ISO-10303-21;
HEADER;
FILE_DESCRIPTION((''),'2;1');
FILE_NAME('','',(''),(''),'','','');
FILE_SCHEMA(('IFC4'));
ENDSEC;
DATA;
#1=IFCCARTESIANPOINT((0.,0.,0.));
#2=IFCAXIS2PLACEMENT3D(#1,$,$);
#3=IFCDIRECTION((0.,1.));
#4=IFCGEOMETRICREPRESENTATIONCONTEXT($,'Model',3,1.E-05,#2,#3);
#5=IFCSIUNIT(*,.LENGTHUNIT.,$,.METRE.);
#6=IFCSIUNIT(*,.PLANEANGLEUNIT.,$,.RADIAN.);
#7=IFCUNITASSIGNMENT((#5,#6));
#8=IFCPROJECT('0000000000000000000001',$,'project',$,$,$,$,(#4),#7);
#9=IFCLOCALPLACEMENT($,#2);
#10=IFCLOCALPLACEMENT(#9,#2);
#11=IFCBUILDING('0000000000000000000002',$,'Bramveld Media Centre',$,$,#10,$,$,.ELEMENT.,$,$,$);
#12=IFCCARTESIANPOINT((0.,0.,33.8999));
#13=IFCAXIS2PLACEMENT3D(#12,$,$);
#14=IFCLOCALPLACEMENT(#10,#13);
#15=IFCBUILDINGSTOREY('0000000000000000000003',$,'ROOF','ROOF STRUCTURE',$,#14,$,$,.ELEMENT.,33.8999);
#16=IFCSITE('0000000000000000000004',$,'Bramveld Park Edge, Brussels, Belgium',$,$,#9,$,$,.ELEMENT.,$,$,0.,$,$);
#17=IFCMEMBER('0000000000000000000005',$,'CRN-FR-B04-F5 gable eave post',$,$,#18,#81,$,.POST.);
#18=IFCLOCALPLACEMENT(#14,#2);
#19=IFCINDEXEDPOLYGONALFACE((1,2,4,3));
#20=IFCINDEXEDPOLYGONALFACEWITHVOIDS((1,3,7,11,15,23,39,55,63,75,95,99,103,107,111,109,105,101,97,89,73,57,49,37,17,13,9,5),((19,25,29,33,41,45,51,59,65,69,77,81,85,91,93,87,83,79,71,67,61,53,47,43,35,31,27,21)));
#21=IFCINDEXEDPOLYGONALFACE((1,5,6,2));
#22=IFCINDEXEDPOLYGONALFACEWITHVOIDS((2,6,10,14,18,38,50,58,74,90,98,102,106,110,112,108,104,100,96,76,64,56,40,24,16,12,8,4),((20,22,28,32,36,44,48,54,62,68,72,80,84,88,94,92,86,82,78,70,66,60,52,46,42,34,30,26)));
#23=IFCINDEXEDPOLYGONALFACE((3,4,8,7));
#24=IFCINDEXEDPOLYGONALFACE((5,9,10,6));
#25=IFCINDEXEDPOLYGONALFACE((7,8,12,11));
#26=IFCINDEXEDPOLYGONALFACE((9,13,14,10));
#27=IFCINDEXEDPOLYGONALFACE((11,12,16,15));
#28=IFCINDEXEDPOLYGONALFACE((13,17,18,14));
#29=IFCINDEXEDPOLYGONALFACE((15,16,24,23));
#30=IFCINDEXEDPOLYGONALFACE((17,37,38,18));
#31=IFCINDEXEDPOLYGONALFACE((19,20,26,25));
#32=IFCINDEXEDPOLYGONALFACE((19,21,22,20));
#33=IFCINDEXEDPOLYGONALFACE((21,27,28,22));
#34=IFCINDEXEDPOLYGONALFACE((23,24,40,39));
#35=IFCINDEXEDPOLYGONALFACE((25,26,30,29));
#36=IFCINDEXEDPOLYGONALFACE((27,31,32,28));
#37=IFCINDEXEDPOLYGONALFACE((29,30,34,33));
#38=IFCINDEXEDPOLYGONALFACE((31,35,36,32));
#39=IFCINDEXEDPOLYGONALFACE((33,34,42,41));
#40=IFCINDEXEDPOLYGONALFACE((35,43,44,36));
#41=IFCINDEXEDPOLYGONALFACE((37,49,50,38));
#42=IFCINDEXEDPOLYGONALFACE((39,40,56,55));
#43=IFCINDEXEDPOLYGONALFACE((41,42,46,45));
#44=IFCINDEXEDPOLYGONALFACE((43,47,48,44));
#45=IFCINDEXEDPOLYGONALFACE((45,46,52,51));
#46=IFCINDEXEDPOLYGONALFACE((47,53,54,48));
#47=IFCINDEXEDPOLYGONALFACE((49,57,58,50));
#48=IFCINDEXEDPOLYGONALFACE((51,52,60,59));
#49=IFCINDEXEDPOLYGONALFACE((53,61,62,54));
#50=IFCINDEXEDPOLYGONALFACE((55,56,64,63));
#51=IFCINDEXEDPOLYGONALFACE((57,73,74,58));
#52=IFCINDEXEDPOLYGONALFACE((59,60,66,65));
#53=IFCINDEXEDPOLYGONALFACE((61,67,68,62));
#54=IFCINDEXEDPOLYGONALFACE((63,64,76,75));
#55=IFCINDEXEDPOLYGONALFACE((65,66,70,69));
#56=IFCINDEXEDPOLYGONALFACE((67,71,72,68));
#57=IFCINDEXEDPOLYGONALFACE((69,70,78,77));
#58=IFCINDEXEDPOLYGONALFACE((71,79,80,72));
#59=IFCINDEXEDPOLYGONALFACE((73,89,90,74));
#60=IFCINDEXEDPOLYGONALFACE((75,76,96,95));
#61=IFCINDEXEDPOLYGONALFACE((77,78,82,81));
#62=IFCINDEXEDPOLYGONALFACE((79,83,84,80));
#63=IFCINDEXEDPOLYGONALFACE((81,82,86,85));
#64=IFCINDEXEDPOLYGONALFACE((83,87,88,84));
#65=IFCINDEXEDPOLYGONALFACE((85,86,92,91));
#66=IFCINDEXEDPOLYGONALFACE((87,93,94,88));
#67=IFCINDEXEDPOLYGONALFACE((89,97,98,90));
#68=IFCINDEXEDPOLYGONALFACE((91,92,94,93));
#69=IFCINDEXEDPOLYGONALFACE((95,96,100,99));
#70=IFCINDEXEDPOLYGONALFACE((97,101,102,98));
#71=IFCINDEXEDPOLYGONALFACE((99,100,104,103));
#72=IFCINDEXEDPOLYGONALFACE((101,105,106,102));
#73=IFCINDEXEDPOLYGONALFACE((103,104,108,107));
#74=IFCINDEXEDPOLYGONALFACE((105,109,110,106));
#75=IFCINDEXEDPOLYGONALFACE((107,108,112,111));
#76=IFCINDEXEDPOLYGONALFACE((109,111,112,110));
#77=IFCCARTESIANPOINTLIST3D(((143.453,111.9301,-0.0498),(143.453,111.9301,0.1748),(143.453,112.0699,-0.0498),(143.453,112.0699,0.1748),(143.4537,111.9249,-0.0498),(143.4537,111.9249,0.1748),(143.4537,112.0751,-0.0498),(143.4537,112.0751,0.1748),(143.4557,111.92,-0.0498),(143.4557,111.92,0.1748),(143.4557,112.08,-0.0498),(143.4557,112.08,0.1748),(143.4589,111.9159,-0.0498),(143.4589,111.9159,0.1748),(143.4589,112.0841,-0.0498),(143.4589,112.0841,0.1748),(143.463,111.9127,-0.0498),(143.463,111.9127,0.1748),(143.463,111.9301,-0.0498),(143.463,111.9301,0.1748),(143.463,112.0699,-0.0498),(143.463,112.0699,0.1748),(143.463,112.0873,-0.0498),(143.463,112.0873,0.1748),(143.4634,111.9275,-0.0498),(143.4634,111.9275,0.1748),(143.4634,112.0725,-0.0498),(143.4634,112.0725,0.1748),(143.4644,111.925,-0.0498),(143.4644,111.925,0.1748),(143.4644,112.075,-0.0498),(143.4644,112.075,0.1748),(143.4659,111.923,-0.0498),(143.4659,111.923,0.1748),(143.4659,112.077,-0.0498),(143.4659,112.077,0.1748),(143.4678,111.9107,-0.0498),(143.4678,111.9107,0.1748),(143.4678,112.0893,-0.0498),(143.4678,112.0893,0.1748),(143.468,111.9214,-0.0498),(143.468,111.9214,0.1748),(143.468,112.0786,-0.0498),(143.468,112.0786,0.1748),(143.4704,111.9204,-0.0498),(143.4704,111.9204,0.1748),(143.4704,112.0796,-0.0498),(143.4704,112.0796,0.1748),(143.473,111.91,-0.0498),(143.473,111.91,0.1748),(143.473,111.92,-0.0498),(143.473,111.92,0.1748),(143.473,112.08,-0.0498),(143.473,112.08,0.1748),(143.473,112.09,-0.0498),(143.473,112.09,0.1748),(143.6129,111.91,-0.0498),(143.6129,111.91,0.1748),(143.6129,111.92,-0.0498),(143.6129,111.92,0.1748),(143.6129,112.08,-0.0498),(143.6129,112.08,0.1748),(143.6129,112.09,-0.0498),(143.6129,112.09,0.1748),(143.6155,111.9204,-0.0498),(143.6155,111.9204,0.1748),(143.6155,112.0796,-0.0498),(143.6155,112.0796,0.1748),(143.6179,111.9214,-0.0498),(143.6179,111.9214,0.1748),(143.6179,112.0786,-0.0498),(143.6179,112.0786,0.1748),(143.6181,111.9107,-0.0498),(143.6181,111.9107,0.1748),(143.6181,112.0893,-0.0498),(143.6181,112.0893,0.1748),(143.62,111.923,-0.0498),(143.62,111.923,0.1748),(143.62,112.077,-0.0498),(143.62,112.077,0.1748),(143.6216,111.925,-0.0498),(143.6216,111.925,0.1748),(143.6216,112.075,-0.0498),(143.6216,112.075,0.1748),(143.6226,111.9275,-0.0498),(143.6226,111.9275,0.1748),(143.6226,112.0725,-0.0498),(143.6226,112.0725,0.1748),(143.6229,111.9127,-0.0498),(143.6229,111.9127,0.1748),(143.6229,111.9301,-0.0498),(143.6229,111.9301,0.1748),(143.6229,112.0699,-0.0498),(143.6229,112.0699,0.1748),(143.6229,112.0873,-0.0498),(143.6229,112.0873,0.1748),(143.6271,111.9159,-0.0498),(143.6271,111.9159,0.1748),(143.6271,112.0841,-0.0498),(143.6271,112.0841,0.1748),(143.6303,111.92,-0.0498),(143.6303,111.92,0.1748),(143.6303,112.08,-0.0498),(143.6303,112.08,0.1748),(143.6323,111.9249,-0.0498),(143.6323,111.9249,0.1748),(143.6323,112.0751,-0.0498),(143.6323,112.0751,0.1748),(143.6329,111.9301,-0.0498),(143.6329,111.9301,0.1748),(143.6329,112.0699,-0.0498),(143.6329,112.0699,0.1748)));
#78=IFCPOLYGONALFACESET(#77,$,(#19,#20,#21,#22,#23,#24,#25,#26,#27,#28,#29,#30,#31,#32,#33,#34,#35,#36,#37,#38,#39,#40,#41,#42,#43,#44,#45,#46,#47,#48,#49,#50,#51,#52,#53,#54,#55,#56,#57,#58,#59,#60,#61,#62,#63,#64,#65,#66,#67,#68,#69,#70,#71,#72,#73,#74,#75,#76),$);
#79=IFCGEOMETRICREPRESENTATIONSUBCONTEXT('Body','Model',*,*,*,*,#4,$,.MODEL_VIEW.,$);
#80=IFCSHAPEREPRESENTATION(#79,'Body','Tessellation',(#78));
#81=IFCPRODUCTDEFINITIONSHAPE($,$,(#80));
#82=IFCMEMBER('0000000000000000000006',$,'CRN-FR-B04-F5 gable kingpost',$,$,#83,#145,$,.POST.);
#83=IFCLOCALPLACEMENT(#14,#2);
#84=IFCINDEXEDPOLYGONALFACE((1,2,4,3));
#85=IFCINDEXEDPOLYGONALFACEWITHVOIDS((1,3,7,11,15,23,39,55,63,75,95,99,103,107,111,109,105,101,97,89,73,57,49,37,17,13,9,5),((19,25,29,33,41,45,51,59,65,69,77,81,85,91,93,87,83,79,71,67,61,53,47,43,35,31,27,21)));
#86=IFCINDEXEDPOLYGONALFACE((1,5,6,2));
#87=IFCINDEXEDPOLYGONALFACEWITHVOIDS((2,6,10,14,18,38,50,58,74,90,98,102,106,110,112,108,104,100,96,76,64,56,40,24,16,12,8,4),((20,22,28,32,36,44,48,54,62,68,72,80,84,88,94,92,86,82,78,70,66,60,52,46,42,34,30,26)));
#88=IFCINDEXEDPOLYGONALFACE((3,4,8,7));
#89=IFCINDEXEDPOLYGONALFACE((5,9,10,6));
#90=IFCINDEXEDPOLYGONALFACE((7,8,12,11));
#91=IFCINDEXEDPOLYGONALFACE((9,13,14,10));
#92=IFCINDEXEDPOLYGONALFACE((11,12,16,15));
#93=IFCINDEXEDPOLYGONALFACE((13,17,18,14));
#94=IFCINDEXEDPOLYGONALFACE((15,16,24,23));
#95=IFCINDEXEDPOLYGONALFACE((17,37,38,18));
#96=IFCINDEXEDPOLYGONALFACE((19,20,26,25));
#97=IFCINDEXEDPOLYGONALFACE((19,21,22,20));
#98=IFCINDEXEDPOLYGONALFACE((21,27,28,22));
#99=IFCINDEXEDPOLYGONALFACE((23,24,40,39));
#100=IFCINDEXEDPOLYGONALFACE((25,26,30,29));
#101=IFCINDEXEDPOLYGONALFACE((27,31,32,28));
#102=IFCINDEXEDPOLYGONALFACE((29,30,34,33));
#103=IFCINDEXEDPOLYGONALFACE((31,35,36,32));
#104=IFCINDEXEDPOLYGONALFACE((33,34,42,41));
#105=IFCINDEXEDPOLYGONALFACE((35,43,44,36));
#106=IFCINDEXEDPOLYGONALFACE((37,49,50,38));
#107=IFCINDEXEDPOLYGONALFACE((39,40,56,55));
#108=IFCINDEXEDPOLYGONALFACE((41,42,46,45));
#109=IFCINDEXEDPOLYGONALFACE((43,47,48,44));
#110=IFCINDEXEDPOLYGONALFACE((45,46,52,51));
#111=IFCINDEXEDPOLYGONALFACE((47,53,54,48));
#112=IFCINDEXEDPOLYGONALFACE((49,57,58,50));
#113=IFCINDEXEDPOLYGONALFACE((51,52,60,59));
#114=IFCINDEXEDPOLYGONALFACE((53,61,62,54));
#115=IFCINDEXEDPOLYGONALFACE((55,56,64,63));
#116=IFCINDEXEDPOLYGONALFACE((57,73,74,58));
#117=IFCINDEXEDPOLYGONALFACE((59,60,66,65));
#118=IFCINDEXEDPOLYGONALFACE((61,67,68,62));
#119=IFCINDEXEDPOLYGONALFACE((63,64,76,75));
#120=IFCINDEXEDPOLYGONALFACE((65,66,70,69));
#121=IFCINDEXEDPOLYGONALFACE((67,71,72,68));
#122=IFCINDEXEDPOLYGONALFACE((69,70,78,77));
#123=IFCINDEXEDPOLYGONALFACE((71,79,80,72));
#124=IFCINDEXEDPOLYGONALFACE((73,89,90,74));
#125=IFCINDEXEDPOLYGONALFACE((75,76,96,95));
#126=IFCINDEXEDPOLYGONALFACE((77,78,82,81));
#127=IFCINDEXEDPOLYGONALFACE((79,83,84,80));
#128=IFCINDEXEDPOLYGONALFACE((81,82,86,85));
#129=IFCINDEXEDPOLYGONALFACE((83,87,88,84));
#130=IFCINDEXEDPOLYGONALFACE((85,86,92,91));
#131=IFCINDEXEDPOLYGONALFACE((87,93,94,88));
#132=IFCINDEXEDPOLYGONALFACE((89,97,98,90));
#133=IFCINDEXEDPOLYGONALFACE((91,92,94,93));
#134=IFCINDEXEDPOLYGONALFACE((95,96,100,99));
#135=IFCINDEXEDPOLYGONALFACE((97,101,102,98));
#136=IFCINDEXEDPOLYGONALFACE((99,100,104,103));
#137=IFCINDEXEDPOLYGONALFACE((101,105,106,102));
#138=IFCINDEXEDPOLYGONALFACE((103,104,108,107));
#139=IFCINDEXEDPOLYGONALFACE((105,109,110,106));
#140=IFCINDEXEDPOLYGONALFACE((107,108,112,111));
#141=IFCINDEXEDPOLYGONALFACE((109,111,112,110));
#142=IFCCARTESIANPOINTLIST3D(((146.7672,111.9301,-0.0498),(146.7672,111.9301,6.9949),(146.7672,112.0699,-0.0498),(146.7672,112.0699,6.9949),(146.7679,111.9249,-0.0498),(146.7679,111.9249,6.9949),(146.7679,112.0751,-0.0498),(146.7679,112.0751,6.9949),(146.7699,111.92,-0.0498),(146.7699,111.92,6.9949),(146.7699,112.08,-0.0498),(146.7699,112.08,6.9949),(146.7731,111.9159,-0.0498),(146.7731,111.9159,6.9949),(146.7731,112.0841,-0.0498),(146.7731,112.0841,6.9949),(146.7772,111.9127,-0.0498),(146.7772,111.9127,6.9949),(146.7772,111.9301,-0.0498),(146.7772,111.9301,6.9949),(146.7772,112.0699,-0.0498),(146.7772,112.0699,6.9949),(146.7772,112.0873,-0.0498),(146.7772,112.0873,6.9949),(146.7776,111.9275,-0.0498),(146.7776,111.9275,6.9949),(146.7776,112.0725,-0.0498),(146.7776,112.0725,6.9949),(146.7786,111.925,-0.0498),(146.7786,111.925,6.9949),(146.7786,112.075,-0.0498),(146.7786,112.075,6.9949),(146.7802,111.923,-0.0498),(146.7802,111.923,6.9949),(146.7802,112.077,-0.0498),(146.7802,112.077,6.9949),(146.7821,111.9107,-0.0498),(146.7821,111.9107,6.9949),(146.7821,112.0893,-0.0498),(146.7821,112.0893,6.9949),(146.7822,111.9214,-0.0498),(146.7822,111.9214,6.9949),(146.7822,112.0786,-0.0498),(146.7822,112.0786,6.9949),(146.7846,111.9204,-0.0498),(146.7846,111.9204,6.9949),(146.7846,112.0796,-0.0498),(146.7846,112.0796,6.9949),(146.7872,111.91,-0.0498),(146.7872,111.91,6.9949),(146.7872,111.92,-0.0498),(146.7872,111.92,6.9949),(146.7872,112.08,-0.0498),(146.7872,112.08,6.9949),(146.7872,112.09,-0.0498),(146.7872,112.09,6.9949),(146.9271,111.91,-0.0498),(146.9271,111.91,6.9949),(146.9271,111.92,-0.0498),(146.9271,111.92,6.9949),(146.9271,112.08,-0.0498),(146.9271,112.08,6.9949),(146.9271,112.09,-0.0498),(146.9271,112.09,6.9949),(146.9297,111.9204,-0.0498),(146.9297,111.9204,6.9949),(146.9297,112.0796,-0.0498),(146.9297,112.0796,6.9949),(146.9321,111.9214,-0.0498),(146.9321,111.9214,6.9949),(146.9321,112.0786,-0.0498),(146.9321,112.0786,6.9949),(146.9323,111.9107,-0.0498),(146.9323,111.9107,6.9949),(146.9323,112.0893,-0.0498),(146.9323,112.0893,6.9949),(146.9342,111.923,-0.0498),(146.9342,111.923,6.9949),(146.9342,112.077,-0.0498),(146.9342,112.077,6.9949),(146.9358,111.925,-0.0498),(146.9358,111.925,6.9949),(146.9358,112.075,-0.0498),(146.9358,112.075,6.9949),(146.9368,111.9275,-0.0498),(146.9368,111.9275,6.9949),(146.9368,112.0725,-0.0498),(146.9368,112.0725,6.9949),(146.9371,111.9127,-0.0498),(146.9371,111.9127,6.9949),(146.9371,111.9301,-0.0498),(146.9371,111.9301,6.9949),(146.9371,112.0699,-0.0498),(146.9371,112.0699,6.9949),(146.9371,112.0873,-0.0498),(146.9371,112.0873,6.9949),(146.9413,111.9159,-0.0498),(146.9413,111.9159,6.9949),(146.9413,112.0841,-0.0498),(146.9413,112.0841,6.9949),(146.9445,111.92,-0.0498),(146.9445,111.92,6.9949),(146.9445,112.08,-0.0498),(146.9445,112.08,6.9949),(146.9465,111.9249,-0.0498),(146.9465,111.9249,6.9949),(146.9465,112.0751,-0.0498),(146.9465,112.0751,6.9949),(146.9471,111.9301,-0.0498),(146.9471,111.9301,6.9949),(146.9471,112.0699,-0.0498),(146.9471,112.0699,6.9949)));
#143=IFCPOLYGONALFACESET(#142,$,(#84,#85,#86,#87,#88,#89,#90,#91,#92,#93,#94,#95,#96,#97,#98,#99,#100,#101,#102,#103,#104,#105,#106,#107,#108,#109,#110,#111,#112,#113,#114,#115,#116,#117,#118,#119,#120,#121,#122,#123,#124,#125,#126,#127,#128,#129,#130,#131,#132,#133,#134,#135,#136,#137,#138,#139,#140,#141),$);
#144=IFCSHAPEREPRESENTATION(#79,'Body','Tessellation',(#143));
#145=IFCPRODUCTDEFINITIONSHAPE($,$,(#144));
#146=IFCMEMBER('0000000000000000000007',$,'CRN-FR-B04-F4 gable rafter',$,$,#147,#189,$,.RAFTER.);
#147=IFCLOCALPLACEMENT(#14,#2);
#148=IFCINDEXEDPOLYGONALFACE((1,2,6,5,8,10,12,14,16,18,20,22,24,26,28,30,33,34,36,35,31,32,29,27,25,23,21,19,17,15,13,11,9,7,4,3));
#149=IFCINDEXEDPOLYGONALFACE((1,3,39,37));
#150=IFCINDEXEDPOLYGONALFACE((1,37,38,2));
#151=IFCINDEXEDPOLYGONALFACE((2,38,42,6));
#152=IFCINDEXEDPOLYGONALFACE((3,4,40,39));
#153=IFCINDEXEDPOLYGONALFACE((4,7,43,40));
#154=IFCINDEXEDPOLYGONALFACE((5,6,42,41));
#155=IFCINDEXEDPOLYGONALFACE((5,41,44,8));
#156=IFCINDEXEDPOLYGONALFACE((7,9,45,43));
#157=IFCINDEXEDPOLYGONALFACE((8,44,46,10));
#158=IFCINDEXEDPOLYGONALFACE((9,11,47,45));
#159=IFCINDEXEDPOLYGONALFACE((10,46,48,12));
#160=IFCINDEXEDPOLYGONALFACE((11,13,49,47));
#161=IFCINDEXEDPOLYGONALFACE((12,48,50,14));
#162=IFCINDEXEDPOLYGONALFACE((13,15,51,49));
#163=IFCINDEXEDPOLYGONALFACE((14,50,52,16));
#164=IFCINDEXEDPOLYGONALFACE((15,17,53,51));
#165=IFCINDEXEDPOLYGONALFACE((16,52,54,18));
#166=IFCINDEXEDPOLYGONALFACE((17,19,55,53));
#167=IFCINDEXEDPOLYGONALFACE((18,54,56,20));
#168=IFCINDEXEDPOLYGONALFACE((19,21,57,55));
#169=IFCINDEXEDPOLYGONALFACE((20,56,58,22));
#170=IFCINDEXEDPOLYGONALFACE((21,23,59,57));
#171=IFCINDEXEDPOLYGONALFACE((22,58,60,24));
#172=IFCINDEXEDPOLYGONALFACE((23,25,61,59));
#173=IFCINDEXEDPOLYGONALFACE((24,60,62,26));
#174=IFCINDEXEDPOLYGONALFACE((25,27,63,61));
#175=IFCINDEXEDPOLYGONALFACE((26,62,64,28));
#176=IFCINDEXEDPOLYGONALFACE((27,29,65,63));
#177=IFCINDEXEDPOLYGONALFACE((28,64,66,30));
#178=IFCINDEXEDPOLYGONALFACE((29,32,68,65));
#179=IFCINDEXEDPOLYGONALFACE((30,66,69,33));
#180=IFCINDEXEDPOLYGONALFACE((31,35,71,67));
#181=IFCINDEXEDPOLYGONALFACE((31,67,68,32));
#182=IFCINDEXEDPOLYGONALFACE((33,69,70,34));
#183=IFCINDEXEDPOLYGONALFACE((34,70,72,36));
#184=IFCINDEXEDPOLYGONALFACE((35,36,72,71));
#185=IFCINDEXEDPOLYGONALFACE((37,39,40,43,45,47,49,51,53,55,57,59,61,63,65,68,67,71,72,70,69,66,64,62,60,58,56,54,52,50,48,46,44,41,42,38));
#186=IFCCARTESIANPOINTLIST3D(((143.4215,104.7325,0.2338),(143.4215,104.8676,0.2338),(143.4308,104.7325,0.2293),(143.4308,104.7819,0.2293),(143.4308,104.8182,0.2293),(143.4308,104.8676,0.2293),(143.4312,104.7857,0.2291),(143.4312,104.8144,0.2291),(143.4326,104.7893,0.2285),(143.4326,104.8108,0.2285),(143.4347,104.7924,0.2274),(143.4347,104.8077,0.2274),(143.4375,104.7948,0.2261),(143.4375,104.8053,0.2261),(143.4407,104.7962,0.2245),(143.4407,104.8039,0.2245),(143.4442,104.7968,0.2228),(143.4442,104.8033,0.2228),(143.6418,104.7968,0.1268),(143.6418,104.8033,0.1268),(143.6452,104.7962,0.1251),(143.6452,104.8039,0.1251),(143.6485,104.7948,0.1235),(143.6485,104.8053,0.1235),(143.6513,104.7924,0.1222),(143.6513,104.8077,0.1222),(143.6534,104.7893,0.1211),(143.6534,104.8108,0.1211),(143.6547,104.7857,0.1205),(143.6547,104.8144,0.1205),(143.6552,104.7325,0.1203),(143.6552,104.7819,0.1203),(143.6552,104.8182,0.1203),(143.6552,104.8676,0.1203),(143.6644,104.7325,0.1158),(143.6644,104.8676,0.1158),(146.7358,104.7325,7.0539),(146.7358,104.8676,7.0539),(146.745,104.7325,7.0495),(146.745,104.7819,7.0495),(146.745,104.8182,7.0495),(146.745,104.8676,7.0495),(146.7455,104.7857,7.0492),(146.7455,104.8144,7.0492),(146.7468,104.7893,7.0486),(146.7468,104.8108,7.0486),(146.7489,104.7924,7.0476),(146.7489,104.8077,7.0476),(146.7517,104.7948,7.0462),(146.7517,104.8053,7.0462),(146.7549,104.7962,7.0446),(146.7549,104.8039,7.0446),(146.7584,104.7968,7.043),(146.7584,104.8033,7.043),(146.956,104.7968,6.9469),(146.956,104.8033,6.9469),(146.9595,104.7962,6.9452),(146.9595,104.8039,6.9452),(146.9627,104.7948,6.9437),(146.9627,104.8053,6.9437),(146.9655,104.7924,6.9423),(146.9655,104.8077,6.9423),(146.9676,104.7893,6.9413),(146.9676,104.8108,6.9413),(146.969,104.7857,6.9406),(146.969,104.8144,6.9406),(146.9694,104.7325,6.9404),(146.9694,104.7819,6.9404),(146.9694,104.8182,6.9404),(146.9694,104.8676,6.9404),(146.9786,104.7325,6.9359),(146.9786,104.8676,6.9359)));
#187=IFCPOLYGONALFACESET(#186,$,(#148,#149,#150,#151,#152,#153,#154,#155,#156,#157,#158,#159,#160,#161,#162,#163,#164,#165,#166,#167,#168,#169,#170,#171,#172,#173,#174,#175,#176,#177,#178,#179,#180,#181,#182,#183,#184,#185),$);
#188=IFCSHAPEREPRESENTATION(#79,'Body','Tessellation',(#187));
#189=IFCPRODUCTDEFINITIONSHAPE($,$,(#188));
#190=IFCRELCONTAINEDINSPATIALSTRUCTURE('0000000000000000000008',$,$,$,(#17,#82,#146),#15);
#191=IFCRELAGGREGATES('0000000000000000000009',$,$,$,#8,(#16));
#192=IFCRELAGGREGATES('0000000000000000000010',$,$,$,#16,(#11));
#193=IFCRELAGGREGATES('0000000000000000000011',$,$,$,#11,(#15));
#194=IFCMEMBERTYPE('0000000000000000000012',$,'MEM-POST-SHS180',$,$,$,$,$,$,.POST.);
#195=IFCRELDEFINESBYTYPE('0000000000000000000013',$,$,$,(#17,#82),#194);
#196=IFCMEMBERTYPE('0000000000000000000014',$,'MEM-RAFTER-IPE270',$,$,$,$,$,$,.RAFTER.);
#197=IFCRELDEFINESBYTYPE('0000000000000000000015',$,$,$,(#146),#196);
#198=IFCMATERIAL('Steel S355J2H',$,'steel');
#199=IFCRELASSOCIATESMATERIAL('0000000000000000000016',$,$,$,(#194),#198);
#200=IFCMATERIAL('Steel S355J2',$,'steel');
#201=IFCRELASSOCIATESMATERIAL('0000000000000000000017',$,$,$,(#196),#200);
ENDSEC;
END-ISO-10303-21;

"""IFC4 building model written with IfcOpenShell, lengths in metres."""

from ifc_helpers import new_model, si_unit, direction, frame, origin, origin_2d, place, context, subcontext, project, spatial, hollow_rectangle, i_section, extrude, material, material_profile, profile_set, type_object, element, save


model = new_model("IFC4")

# Units and contexts
model_context = context("Model", 3, precision=1e-05, world=origin(), true_north=direction((0.0, 1.0)))
body_context = subcontext(model_context, "Body", "Model", "MODEL_VIEW")
ifc_project = project(units=[si_unit("LENGTHUNIT", "METRE"), si_unit("PLANEANGLEUNIT", "RADIAN")], contexts=[model_context])

# Site, building, storey
site_placement = place(None, origin())
site = spatial("IfcSite", under=ifc_project, at=site_placement, Name="Bramveld Park Edge, Brussels, Belgium", CompositionType="ELEMENT", RefElevation=0.0)
building_placement = place(site_placement, origin())
building = spatial("IfcBuilding", under=site, at=building_placement, Name="Bramveld Media Centre", CompositionType="ELEMENT")
storey_placement = place(building_placement, frame((0.0, 0.0, 33.8999)))
storey = spatial("IfcBuildingStorey", under=building, at=storey_placement, Name="ROOF", Description="ROOF STRUCTURE", CompositionType="ELEMENT", Elevation=33.8999)

# Members
ifc_material_1 = material(Name="Steel S355J2H", Category="steel")
ifc_material_profile_1 = material_profile(ifc_material_1, hollow_rectangle(XDim=0.1799, YDim=0.1799, WallThickness=0.01, InnerFilletRadius=0.01, OuterFilletRadius=0.02, at=origin_2d()), Name="SHS 180x180x10")
ifc_profile_set_1 = profile_set([ifc_material_profile_1], Name="Steel S355J2H")
member_type_1 = type_object("IfcMemberType", Name="MEM-POST-SHS180", PredefinedType="POST", material=ifc_profile_set_1)
member_1_placement = place(storey_placement, frame((143.543, 112.0, -0.0498), z_axis=(0.0, 0.0, 1.0), x_axis=(1.0, 0.0, 0.0)))
element("IfcMember", 1, at=member_1_placement, inside=storey, type_object=member_type_1, Name="CRN-FR-B04-F5 gable eave post", PredefinedType="POST", context=body_context, shape_type="SweptSolid", body=[
    extrude(hollow_rectangle(XDim=0.1799, YDim=0.1799, WallThickness=0.01, InnerFilletRadius=0.01, OuterFilletRadius=0.02, at=origin_2d()), origin(), (0.0, 0.0, 1.0), 0.2246),
])
member_2_placement = place(storey_placement, frame((146.8572, 112.0, -0.0498), z_axis=(0.0, 0.0, 1.0), x_axis=(1.0, 0.0, 0.0)))
element("IfcMember", 2, at=member_2_placement, inside=storey, type_object=member_type_1, Name="CRN-FR-B04-F5 gable kingpost", PredefinedType="POST", context=body_context, shape_type="SweptSolid", body=[
    extrude(hollow_rectangle(XDim=0.1799, YDim=0.1799, WallThickness=0.01, InnerFilletRadius=0.01, OuterFilletRadius=0.02, at=origin_2d()), origin(), (0.0, 0.0, 1.0), 7.0447),
])
ifc_material_2 = material(Name="Steel S355J2", Category="steel")
ifc_material_profile_2 = material_profile(ifc_material_2, i_section(OverallWidth=0.135, OverallDepth=0.27, WebThickness=0.0066, FlangeThickness=0.0103, FilletRadius=0.0149, at=origin_2d()), Name="IPE 270")
ifc_profile_set_2 = profile_set([ifc_material_profile_2], Name="Steel S355J2")
member_type_2 = type_object("IfcMemberType", Name="MEM-RAFTER-IPE270", PredefinedType="RAFTER", material=ifc_profile_set_2)
for number, where, z_axis, x_axis, name in (
    (3, (143.543, 104.8, 0.1748), (0.437075, 0.0, 0.899425), (0.0, 1.0, 0.0), "CRN-FR-B04-F4 gable rafter"),
):
    element("IfcMember", number, at=place(storey_placement, frame(where, z_axis=z_axis, x_axis=x_axis)), inside=storey, type_object=member_type_2, Name=name, PredefinedType="RAFTER", context=body_context, shape_type="SweptSolid", body=[
        extrude(i_section(OverallWidth=0.135, OverallDepth=0.27, WebThickness=0.0066, FlangeThickness=0.0103, FilletRadius=0.0149, at=origin_2d()), origin(), (0.0, 0.0, 1.0), 7.5828),
    ])

save(model, "model.ifc")
